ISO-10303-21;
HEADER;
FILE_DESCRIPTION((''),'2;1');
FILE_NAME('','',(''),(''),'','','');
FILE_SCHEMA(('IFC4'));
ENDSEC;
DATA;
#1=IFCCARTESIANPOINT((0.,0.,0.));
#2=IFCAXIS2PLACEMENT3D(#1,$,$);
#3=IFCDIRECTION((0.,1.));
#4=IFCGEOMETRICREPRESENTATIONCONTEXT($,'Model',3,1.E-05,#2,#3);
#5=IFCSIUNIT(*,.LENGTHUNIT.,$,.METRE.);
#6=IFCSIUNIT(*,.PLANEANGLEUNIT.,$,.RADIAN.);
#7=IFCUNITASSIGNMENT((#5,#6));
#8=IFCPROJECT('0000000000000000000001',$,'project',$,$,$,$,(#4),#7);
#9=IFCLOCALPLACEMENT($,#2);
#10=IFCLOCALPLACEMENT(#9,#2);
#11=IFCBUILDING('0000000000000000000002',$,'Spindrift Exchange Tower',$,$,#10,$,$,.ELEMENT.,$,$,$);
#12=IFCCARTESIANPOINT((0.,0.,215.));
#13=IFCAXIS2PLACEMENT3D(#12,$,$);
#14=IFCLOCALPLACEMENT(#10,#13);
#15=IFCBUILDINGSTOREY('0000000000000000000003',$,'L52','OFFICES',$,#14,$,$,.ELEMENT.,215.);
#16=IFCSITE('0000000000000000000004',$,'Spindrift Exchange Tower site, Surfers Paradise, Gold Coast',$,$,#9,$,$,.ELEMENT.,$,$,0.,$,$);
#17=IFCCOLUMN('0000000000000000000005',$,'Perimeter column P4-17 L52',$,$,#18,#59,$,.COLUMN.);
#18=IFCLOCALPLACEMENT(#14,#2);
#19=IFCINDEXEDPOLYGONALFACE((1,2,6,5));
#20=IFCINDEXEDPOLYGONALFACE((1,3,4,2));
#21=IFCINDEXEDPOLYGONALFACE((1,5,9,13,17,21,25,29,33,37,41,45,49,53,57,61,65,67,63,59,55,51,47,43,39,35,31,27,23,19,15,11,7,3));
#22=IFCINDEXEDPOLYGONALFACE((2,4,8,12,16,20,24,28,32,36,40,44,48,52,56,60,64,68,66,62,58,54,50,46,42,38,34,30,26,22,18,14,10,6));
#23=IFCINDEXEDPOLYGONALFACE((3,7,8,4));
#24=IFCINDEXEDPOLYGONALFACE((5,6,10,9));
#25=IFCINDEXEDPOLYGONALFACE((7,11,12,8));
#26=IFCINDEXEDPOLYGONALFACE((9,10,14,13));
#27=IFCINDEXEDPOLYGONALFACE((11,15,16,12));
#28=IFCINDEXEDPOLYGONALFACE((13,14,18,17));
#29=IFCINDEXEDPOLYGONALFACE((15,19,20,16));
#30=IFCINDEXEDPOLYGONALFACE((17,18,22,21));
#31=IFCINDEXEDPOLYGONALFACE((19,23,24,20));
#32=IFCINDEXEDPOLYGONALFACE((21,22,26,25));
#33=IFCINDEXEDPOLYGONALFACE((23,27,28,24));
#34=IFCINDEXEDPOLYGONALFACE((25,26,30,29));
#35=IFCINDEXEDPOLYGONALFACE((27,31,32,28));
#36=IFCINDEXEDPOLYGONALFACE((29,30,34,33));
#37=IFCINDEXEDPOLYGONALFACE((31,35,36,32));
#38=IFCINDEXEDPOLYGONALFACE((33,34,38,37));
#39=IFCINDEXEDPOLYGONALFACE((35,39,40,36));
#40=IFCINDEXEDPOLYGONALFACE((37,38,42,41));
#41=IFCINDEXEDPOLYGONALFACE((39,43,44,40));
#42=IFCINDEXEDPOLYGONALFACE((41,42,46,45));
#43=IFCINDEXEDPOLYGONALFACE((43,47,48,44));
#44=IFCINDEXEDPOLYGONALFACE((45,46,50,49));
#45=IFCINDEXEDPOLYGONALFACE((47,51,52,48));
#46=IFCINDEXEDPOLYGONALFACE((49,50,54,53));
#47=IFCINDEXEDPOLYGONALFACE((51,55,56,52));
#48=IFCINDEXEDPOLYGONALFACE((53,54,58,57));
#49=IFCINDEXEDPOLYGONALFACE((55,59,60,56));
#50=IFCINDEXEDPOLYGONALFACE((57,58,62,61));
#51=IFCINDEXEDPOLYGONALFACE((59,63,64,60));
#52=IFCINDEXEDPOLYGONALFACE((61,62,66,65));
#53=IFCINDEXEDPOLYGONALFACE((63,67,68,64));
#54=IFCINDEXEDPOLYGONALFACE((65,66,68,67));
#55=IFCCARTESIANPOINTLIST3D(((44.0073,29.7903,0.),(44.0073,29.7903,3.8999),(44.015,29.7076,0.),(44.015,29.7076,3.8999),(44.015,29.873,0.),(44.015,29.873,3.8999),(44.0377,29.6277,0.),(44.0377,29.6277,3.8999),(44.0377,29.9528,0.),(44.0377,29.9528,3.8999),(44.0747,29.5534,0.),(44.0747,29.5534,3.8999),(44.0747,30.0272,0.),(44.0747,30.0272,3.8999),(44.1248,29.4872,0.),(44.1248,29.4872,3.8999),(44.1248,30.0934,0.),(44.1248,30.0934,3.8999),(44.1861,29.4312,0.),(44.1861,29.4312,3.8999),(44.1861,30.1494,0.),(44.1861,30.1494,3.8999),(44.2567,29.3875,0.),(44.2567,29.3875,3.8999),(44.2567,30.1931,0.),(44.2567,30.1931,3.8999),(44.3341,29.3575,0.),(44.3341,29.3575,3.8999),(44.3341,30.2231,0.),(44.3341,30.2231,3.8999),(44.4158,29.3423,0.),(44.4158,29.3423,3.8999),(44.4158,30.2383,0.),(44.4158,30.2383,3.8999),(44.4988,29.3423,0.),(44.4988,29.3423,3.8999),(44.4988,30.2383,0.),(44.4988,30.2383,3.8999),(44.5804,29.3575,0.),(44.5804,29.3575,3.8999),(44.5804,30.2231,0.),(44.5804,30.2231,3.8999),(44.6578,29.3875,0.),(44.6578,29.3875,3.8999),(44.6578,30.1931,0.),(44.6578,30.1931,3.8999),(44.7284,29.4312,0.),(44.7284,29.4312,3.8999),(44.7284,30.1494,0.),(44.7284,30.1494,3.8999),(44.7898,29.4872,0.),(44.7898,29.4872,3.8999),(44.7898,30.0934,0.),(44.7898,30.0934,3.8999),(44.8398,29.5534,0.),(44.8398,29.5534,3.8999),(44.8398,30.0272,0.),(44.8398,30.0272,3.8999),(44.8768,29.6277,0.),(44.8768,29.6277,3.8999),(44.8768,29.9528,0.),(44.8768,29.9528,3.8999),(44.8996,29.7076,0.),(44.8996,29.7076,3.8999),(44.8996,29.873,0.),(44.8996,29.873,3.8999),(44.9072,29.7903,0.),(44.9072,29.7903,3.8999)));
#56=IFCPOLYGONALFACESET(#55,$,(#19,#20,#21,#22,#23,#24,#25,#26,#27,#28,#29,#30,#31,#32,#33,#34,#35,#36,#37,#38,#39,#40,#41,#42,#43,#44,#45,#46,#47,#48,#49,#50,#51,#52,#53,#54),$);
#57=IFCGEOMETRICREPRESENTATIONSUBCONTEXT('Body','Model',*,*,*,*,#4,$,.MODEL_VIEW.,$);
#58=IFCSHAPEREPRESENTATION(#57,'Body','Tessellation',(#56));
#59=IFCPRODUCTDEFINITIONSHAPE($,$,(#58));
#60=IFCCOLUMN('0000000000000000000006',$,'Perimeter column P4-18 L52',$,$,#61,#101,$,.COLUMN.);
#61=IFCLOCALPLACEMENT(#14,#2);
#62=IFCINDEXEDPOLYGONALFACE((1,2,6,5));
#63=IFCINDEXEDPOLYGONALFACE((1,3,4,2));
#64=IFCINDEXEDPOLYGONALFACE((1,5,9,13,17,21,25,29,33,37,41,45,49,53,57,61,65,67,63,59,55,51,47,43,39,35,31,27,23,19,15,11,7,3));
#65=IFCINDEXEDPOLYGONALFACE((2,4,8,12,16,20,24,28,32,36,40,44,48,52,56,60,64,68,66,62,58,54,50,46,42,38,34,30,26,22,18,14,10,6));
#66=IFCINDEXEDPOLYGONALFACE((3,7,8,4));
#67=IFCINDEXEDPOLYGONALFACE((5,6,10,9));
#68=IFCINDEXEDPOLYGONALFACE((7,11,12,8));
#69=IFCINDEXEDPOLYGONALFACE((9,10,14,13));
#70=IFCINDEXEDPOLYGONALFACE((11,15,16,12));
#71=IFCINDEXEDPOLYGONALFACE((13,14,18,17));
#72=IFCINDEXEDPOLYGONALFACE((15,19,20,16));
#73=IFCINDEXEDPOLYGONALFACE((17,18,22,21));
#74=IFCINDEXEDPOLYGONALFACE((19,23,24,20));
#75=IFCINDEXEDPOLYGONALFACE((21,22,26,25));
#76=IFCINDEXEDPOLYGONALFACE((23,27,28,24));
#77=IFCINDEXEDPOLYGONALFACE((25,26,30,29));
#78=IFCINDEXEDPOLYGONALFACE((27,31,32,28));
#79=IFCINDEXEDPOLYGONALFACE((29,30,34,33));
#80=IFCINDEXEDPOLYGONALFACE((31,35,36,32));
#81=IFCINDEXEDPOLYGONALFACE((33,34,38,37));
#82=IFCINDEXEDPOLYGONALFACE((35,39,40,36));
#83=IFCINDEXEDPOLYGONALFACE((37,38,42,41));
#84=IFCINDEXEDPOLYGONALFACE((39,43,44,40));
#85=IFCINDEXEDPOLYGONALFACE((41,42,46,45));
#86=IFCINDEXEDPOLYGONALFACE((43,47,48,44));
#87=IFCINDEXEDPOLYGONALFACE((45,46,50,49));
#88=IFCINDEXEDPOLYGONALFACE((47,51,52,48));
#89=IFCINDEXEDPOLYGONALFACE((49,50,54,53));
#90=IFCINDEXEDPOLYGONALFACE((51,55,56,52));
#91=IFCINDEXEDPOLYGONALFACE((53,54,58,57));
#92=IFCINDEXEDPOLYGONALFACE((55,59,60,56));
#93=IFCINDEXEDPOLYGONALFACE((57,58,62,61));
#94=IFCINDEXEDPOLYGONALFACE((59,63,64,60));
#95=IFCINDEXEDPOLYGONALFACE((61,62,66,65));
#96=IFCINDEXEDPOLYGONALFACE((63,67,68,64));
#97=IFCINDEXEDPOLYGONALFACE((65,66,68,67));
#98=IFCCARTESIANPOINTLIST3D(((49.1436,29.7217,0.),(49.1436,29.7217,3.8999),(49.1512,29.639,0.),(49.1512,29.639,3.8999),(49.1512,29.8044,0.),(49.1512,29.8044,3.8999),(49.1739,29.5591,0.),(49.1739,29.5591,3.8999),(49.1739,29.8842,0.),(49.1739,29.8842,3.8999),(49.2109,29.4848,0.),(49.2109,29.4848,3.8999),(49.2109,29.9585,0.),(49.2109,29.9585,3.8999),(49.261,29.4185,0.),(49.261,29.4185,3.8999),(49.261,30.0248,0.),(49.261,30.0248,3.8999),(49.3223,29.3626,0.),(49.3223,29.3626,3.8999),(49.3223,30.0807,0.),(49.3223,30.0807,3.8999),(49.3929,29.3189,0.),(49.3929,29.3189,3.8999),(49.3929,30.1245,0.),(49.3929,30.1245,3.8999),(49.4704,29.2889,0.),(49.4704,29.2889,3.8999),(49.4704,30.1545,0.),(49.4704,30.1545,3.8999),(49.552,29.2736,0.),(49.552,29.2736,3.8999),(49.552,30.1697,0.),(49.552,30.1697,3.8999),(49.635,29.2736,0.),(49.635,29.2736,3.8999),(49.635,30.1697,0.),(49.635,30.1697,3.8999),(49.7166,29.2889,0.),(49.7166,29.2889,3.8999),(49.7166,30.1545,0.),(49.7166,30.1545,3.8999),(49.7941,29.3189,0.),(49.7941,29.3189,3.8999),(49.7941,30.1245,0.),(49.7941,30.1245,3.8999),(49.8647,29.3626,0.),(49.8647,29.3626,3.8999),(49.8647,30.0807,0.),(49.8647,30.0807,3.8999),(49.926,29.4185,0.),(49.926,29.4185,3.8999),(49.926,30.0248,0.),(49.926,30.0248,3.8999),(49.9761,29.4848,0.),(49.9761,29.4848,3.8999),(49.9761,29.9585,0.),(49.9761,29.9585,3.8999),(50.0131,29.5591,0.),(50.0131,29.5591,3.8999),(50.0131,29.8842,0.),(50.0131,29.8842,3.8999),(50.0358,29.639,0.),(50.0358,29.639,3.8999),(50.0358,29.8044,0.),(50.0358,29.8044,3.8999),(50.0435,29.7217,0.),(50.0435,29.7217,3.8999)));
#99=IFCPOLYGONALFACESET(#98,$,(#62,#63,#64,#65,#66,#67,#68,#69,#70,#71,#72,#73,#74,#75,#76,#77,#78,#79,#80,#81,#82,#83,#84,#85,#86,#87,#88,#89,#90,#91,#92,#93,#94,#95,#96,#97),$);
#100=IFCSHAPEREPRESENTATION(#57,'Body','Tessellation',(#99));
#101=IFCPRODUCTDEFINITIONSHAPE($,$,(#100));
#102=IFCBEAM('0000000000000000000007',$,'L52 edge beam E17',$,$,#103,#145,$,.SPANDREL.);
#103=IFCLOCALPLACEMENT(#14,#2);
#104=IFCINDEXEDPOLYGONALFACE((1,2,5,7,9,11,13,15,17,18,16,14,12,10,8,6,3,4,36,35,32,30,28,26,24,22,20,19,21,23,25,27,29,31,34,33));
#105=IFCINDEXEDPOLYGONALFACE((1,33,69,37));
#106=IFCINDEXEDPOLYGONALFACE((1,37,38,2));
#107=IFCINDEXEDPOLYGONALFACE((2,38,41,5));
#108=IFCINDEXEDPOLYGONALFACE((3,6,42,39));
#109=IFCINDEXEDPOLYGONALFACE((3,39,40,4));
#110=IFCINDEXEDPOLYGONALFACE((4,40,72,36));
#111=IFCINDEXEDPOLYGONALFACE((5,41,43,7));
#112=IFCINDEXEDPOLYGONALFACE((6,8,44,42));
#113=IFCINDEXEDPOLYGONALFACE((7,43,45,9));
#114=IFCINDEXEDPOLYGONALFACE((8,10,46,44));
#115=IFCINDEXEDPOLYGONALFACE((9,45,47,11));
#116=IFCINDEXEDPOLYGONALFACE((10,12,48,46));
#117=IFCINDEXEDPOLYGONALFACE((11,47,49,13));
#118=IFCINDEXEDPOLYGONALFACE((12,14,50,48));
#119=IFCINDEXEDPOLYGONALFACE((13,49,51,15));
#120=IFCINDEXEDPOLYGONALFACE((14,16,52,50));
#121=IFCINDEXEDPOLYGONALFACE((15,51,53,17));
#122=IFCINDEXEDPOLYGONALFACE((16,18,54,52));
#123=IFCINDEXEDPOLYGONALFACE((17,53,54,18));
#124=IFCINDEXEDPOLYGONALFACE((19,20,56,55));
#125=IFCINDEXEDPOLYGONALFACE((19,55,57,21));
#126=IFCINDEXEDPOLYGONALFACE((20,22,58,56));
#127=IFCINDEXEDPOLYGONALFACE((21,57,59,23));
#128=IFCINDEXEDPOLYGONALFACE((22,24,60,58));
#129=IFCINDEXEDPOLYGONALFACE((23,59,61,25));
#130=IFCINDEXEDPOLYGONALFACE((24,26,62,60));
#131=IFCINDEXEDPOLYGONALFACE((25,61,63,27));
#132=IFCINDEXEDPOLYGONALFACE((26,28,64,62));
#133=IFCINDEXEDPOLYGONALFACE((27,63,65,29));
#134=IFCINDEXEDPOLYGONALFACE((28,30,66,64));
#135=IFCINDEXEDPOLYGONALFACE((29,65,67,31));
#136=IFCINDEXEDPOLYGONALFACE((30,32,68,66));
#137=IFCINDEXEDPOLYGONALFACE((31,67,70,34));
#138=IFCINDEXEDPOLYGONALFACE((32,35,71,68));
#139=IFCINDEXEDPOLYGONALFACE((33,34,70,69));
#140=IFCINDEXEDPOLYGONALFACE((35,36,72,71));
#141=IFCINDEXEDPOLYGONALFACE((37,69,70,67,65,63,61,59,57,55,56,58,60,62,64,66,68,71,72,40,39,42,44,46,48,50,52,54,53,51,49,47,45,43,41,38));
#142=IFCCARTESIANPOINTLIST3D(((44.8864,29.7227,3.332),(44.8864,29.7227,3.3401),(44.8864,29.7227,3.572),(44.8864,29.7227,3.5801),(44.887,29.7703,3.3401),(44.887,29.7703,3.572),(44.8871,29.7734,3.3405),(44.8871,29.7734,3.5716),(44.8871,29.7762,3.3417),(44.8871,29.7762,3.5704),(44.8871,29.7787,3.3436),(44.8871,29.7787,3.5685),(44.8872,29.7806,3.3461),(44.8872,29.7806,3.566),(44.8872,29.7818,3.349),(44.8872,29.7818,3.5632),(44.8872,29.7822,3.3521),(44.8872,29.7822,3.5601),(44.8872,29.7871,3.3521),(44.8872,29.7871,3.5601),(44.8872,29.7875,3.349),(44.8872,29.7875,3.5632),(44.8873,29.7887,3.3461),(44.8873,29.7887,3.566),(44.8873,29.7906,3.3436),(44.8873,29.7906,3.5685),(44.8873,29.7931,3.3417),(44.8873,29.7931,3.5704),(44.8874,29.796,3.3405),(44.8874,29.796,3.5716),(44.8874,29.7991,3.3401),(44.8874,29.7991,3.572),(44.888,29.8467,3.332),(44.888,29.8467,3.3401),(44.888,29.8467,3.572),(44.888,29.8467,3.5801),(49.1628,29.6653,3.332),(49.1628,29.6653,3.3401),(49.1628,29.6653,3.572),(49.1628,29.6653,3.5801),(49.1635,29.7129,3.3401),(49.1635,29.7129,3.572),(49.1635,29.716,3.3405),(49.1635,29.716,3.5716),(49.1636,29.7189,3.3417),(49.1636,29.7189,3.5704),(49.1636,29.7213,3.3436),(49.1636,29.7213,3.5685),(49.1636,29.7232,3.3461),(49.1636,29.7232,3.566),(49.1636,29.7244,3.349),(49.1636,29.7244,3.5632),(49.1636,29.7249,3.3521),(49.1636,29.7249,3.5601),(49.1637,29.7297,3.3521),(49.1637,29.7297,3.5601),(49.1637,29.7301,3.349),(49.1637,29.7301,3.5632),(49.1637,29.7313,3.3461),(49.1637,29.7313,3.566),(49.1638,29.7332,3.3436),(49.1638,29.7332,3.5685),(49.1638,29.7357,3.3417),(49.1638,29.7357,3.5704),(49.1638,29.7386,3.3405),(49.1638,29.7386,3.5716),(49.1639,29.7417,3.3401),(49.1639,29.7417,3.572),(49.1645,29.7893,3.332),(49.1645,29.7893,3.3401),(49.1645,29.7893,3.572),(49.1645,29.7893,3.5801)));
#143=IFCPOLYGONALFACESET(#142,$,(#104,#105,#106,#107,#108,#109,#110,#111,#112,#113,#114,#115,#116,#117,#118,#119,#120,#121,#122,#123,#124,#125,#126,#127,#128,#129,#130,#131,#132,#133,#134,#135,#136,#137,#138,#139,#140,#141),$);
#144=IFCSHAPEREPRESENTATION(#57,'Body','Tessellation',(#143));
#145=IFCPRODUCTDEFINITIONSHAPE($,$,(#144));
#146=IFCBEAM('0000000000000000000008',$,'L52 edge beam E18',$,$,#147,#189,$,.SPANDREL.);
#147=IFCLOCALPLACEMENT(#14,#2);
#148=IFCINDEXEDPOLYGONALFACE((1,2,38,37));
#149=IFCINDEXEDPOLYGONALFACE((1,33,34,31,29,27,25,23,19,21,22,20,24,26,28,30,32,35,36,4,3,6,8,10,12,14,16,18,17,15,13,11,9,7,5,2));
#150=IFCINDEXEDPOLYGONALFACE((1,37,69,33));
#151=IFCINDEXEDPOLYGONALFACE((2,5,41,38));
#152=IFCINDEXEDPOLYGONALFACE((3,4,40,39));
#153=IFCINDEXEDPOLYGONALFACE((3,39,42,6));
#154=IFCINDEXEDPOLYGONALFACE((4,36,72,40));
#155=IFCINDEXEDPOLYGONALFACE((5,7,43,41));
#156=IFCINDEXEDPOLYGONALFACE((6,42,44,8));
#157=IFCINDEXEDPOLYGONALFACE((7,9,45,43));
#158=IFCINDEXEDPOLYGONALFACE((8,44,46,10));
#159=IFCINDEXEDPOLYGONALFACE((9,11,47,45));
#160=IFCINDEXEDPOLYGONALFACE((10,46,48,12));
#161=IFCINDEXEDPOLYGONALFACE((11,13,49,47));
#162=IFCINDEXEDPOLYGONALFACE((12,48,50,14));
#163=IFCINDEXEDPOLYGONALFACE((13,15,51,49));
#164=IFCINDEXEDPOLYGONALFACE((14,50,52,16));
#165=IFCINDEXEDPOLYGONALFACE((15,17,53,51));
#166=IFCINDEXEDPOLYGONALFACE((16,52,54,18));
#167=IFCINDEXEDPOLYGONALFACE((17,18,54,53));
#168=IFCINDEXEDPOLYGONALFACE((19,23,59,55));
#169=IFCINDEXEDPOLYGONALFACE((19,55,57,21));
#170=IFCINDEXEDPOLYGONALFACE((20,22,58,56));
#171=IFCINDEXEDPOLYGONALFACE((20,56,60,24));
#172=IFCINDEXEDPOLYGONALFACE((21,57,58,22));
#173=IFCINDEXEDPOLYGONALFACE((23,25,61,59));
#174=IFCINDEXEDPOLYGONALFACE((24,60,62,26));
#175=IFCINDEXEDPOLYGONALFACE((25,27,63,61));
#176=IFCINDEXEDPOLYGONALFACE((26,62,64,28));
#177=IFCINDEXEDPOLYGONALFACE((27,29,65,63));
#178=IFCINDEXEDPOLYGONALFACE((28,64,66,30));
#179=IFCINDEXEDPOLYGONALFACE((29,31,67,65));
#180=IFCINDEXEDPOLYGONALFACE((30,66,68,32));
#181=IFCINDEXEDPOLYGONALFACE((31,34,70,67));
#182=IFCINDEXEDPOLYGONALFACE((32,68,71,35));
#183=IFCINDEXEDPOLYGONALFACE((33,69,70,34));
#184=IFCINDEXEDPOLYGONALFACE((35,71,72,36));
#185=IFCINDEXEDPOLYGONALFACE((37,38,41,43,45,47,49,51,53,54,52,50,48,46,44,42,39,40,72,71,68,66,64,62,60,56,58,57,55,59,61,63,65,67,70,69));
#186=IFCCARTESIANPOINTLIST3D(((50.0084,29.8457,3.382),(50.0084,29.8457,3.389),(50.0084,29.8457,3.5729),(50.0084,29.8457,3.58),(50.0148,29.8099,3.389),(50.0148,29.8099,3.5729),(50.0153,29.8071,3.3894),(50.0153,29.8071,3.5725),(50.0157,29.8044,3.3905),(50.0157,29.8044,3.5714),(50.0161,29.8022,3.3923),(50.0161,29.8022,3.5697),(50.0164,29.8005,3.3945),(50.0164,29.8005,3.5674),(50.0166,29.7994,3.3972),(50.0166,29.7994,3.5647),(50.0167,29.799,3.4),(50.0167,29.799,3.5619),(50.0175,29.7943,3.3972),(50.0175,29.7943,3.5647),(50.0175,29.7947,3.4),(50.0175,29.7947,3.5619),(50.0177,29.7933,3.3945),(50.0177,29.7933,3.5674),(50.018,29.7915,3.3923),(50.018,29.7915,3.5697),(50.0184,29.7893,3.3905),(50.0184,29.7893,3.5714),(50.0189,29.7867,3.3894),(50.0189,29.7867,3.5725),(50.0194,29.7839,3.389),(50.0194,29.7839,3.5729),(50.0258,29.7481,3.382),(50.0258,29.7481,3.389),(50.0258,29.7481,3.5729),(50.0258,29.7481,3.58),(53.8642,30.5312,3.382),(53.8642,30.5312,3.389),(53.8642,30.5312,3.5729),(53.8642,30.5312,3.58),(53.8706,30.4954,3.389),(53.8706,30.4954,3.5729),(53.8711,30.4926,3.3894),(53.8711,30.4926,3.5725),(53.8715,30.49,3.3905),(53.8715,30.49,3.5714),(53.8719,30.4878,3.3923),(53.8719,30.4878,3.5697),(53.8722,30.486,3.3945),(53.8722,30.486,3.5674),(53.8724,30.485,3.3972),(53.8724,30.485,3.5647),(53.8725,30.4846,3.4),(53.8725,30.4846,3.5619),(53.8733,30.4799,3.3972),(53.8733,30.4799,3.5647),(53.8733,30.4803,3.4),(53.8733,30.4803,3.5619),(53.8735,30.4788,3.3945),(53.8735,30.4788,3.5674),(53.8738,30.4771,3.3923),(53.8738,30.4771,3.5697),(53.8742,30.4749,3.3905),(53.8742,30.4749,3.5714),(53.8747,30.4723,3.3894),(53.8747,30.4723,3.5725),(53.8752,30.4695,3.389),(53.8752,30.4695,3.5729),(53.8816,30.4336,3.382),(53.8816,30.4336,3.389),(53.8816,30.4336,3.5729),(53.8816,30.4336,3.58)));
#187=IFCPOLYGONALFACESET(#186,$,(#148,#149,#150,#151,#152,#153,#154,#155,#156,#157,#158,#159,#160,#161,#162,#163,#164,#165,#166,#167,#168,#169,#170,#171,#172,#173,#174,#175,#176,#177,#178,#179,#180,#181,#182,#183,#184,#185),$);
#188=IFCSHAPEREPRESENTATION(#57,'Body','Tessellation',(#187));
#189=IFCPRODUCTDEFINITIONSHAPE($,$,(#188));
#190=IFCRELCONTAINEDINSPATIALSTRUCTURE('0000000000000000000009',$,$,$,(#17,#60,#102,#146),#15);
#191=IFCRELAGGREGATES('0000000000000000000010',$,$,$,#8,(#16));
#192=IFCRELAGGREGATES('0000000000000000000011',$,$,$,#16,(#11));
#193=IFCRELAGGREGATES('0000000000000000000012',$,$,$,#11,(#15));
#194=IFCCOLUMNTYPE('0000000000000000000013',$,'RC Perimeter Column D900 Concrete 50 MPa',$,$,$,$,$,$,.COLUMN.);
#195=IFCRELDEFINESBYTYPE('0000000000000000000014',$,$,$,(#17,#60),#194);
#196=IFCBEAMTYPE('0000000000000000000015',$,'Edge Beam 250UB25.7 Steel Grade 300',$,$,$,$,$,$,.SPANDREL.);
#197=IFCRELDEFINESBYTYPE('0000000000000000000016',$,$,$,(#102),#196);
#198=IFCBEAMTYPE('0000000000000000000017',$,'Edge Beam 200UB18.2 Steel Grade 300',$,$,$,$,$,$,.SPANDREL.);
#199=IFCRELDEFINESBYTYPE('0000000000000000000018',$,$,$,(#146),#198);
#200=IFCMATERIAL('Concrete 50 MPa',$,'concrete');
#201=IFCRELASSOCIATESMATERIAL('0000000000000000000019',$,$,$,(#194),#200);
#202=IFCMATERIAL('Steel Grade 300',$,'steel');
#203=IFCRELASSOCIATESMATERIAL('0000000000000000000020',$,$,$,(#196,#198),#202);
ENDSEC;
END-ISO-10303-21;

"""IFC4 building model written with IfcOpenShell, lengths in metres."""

from ifc_helpers import new_model, si_unit, direction, frame, origin, origin_2d, place, context, subcontext, project, spatial, circle, i_section, extrude, source, transform, mapped, material, material_profile, profile_set, type_object, element, save


model = new_model("IFC4")

# Units and contexts
model_context = context("Model", 3, precision=1e-05, world=origin(), true_north=direction((0.0, 1.0)))
body_context = subcontext(model_context, "Body", "Model", "MODEL_VIEW")
ifc_project = project(units=[si_unit("LENGTHUNIT", "METRE"), si_unit("PLANEANGLEUNIT", "RADIAN")], contexts=[model_context])

# Site, building, storey
site_placement = place(None, origin())
site = spatial("IfcSite", under=ifc_project, at=site_placement, Name="Spindrift Exchange Tower site, Surfers Paradise, Gold Coast", CompositionType="ELEMENT", RefElevation=0.0)
building_placement = place(site_placement, origin())
building = spatial("IfcBuilding", under=site, at=building_placement, Name="Spindrift Exchange Tower", CompositionType="ELEMENT")
storey_placement = place(building_placement, frame((0.0, 0.0, 215.0)))
storey = spatial("IfcBuildingStorey", under=building, at=storey_placement, Name="L52", Description="OFFICES", CompositionType="ELEMENT", Elevation=215.0)

# Columns
ifc_material_1 = material(Name="Concrete 50 MPa", Category="concrete")
ifc_material_profile_1 = material_profile(ifc_material_1, circle(Radius=0.45, at=origin_2d()), Name="RC D900")
ifc_profile_set_1 = profile_set([ifc_material_profile_1], Name="Concrete 50 MPa")
column_type = type_object("IfcColumnType", Name="RC Perimeter Column D900 Concrete 50 MPa", PredefinedType="COLUMN", material=ifc_profile_set_1)
shared_shape_1 = source(origin(), body_context, "Body", "SweptSolid", [
    extrude(circle(Radius=0.45, at=origin_2d()), origin(), (0.0, 0.0, 1.0), 3.8999),
])
for number, where, z_axis, x_axis, name in (
    (1, (44.4573, 29.7903, 0.0), (0.0, 0.0, 1.0), (1.0, 0.0, 0.0), "Perimeter column P4-17 L52"),
    (2, (49.5935, 29.7217, 0.0), (0.0, 0.0, 1.0), (1.0, 0.0, 0.0), "Perimeter column P4-18 L52"),
):
    element("IfcColumn", number, at=place(storey_placement, frame(where, z_axis=z_axis, x_axis=x_axis)), inside=storey, type_object=column_type, Name=name, PredefinedType="COLUMN", context=body_context, shape_type="MappedRepresentation", body=[
        mapped(shared_shape_1, transform((0.0, 0.0, 0.0), scale=1.0)),
    ])

# Beams
ifc_material_2 = material(Name="Steel Grade 300", Category="steel")
ifc_material_profile_2 = material_profile(ifc_material_2, i_section(OverallWidth=0.124, OverallDepth=0.248, WebThickness=0.0049, FlangeThickness=0.0081, FilletRadius=0.012, at=origin_2d()), Name="250UB25.7")
ifc_profile_set_2 = profile_set([ifc_material_profile_2], Name="Steel Grade 300")
beam_type_1 = type_object("IfcBeamType", Name="Edge Beam 250UB25.7 Steel Grade 300", PredefinedType="SPANDREL", material=ifc_profile_set_2)
shared_shape_2 = source(origin(), body_context, "Body", "SweptSolid", [
    extrude(i_section(OverallWidth=0.124, OverallDepth=0.248, WebThickness=0.0049, FlangeThickness=0.0081, FilletRadius=0.012, at=origin_2d()), origin(), (0.0, 0.0, 1.0), 4.2769),
])
beam_1_placement = place(storey_placement, frame((44.8872, 29.7847, 3.4561), z_axis=(0.99991, -0.013415, 0.0), x_axis=(0.013415, 0.99991, 0.0)))
element("IfcBeam", 3, at=beam_1_placement, inside=storey, type_object=beam_type_1, Name="L52 edge beam E17", PredefinedType="SPANDREL", context=body_context, shape_type="MappedRepresentation", body=[
    mapped(shared_shape_2, transform((0.0, 0.0, 0.0), scale=1.0)),
])
ifc_material_profile_3 = material_profile(ifc_material_2, i_section(OverallWidth=0.0991, OverallDepth=0.198, WebThickness=0.0044, FlangeThickness=0.0071, FilletRadius=0.011, at=origin_2d()), Name="200UB18.2")
ifc_profile_set_3 = profile_set([ifc_material_profile_3], Name="Steel Grade 300")
beam_type_2 = type_object("IfcBeamType", Name="Edge Beam 200UB18.2 Steel Grade 300", PredefinedType="SPANDREL", material=ifc_profile_set_3)
shared_shape_3 = source(origin(), body_context, "Body", "SweptSolid", [
    extrude(i_section(OverallWidth=0.0991, OverallDepth=0.198, WebThickness=0.0044, FlangeThickness=0.0071, FilletRadius=0.011, at=origin_2d()), origin(), (0.0, 0.0, 1.0), 3.9163),
])
beam_2_placement = place(storey_placement, frame((50.0171, 29.7969, 3.481), z_axis=(0.984559, 0.175055, 0.0), x_axis=(-0.175055, 0.984559, 0.0)))
element("IfcBeam", 4, at=beam_2_placement, inside=storey, type_object=beam_type_2, Name="L52 edge beam E18", PredefinedType="SPANDREL", context=body_context, shape_type="MappedRepresentation", body=[
    mapped(shared_shape_3, transform((0.0, 0.0, 0.0), scale=1.0)),
])

save(model, "model.ifc")
